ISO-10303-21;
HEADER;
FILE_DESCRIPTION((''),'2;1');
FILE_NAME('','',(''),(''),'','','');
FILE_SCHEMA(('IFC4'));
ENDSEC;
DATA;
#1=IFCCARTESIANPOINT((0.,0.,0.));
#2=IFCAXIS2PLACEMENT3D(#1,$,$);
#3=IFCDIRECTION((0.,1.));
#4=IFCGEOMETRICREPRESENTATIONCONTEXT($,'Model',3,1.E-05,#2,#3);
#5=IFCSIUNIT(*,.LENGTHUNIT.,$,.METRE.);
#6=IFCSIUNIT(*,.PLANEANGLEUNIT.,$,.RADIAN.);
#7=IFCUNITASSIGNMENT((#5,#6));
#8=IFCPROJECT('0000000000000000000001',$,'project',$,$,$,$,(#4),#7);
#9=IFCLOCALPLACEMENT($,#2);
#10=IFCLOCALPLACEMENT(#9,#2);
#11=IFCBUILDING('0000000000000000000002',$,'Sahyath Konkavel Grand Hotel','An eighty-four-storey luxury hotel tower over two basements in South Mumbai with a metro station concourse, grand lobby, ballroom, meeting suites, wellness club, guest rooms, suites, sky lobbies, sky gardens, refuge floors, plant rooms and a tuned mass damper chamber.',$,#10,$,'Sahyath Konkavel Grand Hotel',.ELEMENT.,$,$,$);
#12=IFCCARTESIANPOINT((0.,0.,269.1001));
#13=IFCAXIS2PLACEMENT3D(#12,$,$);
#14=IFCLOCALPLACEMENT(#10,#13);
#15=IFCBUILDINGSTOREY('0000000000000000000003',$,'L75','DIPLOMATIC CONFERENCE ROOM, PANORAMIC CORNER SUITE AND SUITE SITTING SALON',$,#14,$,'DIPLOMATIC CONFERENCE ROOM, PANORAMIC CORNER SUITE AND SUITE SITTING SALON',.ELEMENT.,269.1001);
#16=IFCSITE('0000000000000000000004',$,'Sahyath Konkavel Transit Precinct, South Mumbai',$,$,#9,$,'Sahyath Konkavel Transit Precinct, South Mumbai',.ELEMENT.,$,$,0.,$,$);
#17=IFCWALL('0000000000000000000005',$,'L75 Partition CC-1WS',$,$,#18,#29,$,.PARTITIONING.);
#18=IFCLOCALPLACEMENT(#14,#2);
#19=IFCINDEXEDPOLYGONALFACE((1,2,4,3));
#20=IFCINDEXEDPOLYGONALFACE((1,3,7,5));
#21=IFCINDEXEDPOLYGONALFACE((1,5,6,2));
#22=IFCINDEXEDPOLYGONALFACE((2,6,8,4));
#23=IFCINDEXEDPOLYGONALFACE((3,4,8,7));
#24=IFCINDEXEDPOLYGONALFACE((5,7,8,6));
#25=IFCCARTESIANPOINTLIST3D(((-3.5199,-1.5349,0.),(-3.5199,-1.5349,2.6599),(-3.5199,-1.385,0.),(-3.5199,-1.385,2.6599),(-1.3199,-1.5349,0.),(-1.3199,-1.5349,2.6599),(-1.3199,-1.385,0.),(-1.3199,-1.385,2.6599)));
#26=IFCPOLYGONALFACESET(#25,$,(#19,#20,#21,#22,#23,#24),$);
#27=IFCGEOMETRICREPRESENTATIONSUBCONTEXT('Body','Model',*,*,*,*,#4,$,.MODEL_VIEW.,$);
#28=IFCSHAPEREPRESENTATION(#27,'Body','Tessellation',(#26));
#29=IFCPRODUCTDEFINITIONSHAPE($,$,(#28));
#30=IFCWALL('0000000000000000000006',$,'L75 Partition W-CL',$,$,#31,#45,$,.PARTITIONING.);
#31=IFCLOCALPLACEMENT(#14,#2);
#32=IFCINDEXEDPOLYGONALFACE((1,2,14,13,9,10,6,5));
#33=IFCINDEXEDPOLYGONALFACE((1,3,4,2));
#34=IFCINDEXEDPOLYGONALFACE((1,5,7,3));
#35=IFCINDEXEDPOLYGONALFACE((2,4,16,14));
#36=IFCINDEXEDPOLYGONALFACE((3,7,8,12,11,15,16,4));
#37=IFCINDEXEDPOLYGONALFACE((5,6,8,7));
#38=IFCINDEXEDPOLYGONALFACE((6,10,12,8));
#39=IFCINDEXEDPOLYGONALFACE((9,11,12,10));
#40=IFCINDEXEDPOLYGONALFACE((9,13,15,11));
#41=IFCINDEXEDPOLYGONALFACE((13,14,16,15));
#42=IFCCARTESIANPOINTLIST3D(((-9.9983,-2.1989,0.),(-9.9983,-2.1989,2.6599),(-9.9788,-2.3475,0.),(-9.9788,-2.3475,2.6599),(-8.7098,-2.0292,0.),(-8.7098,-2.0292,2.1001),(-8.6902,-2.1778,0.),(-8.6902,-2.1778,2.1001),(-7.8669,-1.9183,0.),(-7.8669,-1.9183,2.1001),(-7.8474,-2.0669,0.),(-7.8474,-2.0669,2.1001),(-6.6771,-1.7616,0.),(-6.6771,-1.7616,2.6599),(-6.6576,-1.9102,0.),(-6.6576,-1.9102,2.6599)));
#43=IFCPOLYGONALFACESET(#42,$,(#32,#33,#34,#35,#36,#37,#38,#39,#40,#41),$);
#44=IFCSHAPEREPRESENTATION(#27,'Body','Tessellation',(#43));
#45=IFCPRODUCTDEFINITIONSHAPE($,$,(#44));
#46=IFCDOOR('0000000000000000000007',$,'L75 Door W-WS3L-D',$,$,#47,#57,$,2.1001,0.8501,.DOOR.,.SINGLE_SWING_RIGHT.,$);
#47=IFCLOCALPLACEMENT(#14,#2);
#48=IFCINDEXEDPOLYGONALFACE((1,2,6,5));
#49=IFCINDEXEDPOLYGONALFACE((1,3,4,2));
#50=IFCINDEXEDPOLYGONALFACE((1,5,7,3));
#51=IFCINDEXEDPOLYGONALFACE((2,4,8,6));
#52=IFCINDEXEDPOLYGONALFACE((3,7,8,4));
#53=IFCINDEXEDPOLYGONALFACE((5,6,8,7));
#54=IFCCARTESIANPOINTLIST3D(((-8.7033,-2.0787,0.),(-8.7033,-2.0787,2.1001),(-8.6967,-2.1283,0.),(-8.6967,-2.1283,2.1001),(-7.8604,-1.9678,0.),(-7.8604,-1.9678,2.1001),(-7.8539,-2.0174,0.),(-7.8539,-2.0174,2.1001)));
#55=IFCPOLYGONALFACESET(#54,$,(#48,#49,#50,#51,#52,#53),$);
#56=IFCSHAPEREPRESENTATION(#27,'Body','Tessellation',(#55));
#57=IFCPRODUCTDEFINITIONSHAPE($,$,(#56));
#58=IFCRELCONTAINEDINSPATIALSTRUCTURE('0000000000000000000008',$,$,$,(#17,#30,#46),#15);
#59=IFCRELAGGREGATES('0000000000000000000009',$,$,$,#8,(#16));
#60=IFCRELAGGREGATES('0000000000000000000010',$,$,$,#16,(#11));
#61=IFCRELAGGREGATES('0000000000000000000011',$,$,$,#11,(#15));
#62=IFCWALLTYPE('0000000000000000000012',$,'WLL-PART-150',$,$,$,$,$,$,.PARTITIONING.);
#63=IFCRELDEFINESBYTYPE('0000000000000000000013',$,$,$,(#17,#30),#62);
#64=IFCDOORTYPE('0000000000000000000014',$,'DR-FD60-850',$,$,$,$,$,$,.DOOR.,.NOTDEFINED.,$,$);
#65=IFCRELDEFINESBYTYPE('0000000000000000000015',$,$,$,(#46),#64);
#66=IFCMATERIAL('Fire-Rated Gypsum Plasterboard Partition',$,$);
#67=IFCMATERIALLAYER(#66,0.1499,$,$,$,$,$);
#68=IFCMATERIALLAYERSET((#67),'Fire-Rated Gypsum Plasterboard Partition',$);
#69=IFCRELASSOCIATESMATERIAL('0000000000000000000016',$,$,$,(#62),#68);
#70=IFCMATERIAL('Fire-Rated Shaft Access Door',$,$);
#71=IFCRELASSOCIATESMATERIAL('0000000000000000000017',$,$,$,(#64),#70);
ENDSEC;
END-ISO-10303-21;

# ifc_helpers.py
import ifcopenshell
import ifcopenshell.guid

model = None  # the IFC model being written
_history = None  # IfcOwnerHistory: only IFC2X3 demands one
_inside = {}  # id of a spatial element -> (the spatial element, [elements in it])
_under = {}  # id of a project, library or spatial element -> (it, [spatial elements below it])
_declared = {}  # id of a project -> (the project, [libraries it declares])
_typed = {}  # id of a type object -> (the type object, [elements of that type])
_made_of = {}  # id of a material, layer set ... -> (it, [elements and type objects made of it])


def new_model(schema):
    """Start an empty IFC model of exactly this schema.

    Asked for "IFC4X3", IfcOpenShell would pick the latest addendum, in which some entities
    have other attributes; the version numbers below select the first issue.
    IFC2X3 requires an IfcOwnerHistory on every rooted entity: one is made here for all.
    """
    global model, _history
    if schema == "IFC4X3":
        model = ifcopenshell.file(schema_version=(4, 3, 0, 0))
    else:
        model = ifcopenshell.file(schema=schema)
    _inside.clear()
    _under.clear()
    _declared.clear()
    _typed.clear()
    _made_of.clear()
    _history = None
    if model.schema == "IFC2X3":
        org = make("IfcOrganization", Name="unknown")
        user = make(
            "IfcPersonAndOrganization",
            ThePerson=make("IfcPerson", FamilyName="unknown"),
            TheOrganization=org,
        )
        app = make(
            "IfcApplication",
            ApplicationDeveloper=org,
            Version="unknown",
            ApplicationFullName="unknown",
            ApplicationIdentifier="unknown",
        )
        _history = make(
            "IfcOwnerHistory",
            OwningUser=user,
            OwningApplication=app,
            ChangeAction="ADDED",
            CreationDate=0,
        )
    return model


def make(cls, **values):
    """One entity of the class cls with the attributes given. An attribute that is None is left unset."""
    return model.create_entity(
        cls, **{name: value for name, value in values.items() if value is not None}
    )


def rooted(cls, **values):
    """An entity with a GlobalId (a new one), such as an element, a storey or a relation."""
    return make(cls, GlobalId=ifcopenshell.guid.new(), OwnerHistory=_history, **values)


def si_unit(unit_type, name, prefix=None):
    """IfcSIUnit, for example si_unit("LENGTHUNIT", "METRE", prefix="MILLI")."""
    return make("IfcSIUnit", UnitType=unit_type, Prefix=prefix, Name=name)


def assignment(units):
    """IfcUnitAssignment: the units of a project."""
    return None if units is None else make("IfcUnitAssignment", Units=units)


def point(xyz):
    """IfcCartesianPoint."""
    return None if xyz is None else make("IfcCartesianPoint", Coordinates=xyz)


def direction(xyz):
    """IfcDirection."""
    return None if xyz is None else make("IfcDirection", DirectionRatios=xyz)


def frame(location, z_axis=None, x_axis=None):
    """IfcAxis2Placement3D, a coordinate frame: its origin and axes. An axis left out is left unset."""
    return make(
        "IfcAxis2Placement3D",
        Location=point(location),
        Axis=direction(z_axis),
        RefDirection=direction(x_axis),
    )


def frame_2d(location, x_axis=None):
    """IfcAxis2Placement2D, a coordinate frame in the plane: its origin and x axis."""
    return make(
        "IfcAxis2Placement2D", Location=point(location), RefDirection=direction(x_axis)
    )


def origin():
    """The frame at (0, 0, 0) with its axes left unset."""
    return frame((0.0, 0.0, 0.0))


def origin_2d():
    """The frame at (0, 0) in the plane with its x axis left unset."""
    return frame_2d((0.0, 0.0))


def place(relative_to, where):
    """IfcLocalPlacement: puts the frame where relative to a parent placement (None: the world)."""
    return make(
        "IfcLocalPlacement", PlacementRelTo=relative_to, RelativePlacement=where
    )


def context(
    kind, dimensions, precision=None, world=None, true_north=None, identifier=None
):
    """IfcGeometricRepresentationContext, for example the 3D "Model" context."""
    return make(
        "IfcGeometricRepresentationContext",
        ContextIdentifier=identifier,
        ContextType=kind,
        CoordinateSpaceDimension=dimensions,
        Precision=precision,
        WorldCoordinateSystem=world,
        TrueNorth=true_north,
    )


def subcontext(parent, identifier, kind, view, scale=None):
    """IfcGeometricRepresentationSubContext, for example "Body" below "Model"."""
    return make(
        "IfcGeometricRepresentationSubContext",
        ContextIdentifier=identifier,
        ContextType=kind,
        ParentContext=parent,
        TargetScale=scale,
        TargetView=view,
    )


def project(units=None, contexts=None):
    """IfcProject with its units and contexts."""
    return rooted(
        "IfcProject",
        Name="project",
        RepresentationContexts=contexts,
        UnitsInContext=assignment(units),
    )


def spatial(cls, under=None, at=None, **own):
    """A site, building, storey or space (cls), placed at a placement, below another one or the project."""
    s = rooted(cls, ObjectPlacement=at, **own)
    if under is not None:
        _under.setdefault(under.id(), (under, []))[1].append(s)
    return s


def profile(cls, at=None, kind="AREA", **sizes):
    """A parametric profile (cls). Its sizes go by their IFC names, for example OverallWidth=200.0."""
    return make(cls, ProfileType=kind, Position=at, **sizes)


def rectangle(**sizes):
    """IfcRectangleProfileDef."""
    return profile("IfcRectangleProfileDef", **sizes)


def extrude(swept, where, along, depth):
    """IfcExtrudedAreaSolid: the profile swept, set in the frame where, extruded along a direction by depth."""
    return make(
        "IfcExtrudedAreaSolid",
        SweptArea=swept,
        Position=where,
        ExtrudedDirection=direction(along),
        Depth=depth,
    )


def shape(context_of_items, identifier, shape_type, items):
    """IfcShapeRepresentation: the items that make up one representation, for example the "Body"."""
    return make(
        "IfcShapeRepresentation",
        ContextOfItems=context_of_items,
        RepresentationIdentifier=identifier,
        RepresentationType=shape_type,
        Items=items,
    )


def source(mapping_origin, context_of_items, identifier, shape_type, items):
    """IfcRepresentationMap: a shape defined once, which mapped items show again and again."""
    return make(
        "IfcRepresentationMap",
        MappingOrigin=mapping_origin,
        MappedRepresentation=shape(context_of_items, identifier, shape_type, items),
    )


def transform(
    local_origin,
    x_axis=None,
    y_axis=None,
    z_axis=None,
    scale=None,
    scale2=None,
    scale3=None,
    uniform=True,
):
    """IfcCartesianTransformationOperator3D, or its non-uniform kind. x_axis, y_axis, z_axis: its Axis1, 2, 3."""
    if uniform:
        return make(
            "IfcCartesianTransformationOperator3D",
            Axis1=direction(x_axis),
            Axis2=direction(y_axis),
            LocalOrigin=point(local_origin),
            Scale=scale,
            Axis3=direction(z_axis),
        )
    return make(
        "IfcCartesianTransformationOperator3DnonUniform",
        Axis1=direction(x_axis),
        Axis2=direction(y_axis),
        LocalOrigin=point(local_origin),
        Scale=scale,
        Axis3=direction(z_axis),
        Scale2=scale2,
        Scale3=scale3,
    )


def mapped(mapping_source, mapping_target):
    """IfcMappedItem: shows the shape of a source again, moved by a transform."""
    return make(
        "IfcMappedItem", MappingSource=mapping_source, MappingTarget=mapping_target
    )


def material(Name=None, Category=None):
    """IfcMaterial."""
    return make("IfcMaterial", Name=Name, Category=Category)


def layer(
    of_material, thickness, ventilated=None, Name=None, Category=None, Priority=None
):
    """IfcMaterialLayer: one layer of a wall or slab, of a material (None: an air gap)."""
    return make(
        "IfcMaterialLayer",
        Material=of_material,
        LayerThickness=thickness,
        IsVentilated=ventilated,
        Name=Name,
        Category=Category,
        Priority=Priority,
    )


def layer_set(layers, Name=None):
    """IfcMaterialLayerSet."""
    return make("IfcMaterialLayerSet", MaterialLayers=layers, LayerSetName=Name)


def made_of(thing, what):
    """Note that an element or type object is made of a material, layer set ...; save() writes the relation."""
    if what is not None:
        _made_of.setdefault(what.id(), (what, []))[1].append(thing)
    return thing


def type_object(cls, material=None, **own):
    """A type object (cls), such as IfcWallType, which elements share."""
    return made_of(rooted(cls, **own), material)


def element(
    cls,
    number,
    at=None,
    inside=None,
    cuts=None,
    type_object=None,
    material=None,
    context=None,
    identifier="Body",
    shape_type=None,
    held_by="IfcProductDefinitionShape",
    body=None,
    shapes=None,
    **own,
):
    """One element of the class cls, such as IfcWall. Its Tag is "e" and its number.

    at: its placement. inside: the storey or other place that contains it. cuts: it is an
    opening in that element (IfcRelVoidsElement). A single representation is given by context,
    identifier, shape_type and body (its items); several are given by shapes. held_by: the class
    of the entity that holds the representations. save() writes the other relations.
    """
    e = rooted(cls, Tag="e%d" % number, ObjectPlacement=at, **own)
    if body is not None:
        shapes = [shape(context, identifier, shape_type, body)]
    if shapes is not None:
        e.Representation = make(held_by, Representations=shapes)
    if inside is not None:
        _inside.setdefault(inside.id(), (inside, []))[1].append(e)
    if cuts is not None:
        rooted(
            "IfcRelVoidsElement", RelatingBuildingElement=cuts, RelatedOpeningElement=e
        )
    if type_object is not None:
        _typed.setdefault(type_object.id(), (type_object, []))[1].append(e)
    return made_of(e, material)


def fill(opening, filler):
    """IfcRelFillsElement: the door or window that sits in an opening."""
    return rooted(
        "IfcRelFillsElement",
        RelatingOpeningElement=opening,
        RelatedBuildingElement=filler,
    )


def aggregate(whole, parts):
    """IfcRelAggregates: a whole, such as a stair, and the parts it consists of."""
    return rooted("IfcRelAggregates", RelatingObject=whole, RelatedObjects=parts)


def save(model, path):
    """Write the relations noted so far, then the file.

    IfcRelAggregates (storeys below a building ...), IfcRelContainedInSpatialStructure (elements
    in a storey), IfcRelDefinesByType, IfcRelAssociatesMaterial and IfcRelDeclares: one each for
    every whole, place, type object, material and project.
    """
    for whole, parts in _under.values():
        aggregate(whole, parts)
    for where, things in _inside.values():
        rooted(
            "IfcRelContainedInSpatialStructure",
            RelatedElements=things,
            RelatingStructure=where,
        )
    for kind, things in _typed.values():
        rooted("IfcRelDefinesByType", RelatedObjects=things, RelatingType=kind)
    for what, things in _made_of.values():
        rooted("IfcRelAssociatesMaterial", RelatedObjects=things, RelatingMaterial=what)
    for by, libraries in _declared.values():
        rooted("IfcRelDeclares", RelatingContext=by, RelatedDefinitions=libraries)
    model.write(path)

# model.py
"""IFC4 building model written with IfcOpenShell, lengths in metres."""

from ifc_helpers import new_model, si_unit, direction, frame, frame_2d, origin, origin_2d, place, context, subcontext, project, spatial, rectangle, extrude, source, transform, mapped, material, layer, layer_set, type_object, element, fill, save


model = new_model("IFC4")

# Units and contexts
model_context = context("Model", 3, precision=1e-05, world=origin(), true_north=direction((0.0, 1.0)))
body_context = subcontext(model_context, "Body", "Model", "MODEL_VIEW")
ifc_project = project(units=[si_unit("LENGTHUNIT", "METRE"), si_unit("PLANEANGLEUNIT", "RADIAN")], contexts=[model_context])

# Site, building, storey
site_placement = place(None, origin())
site = spatial("IfcSite", under=ifc_project, at=site_placement, Name="Sahyath Konkavel Transit Precinct, South Mumbai", LongName="Sahyath Konkavel Transit Precinct, South Mumbai", CompositionType="ELEMENT", RefElevation=0.0)
building_placement = place(site_placement, origin())
building = spatial("IfcBuilding", under=site, at=building_placement, Name="Sahyath Konkavel Grand Hotel", Description="An eighty-four-storey luxury hotel tower over two basements in South Mumbai with a metro station concourse, grand lobby, ballroom, meeting suites, wellness club, guest rooms, suites, sky lobbies, sky gardens, refuge floors, plant rooms and a tuned mass damper chamber.", LongName="Sahyath Konkavel Grand Hotel", CompositionType="ELEMENT")
storey_placement = place(building_placement, frame((0.0, 0.0, 269.1001)))
storey = spatial("IfcBuildingStorey", under=building, at=storey_placement, Name="L75", Description="DIPLOMATIC CONFERENCE ROOM, PANORAMIC CORNER SUITE AND SUITE SITTING SALON", LongName="DIPLOMATIC CONFERENCE ROOM, PANORAMIC CORNER SUITE AND SUITE SITTING SALON", CompositionType="ELEMENT", Elevation=269.1001)

# Wall
ifc_material_1 = material(Name="Fire-Rated Gypsum Plasterboard Partition")
ifc_layer_1 = layer(ifc_material_1, 0.1499)
ifc_layer_set_1 = layer_set([ifc_layer_1], Name="Fire-Rated Gypsum Plasterboard Partition")
wall_type_1 = type_object("IfcWallType", Name="WLL-PART-150", PredefinedType="PARTITIONING", material=ifc_layer_set_1)
wall_1_placement = place(storey_placement, frame((-3.52, -1.46, 0.0), z_axis=(0.0, 0.0, 1.0), x_axis=(1.0, 0.0, 0.0)))
element("IfcWall", 1, at=wall_1_placement, inside=storey, type_object=wall_type_1, Name="L75 Partition CC-1WS", PredefinedType="PARTITIONING", context=body_context, shape_type="SweptSolid", body=[
    extrude(rectangle(XDim=2.2, YDim=0.1499, at=frame_2d((1.1001, 0.0))), origin(), (0.0, 0.0, 1.0), 2.6599),
])

# Wall, opening, door
wall_2_placement = place(storey_placement, frame((-6.6675, -1.8359, 0.0), z_axis=(0.0, 0.0, 1.0), x_axis=(-0.991445, -0.130526, 0.0)))
wall_2 = element("IfcWall", 2, at=wall_2_placement, inside=storey, type_object=wall_type_1, Name="L75 Partition W-CL", PredefinedType="PARTITIONING", context=body_context, shape_type="SweptSolid", body=[
    extrude(rectangle(XDim=3.3499, YDim=0.1499, at=frame_2d((1.6748, 0.0))), origin(), (0.0, 0.0, 1.0), 2.6599),
])
opening_1_placement = place(wall_2_placement, frame((1.2, 0.0, 0.0)))
opening_1 = element("IfcOpeningElement", 3, at=opening_1_placement, cuts=wall_2, PredefinedType="OPENING", context=body_context, shape_type="SweptSolid", body=[
    extrude(rectangle(XDim=0.8501, YDim=2.1001, at=frame_2d((0.425, 1.05))), frame((0.0, 0.085, 0.0), z_axis=(0.0, -1.0, 0.0), x_axis=(1.0, 0.0, 0.0)), (0.0, 0.0, 1.0), 0.1699),
])
ifc_material_2 = material(Name="Fire-Rated Shaft Access Door")
door_type_1 = type_object("IfcDoorType", Name="DR-FD60-850", OperationType="NOTDEFINED", PredefinedType="DOOR", material=ifc_material_2)
shared_shape_1 = source(origin(), body_context, "Body", "SweptSolid", [
    extrude(rectangle(XDim=0.8501, YDim=0.05, at=origin_2d()), origin(), (0.0, 0.0, 1.0), 2.1001),
])
door_1_placement = place(opening_1_placement, frame((0.425, 0.0, 0.0)))
door_1 = element("IfcDoor", 4, at=door_1_placement, inside=storey, type_object=door_type_1, Name="L75 Door W-WS3L-D", OperationType="SINGLE_SWING_RIGHT", OverallHeight=2.1001, OverallWidth=0.8501, PredefinedType="DOOR", context=body_context, shape_type="MappedRepresentation", body=[
    mapped(shared_shape_1, transform((0.0, 0.0, 0.0), scale=1.0)),
])
fill(opening_1, door_1)

save(model, "model.ifc")
